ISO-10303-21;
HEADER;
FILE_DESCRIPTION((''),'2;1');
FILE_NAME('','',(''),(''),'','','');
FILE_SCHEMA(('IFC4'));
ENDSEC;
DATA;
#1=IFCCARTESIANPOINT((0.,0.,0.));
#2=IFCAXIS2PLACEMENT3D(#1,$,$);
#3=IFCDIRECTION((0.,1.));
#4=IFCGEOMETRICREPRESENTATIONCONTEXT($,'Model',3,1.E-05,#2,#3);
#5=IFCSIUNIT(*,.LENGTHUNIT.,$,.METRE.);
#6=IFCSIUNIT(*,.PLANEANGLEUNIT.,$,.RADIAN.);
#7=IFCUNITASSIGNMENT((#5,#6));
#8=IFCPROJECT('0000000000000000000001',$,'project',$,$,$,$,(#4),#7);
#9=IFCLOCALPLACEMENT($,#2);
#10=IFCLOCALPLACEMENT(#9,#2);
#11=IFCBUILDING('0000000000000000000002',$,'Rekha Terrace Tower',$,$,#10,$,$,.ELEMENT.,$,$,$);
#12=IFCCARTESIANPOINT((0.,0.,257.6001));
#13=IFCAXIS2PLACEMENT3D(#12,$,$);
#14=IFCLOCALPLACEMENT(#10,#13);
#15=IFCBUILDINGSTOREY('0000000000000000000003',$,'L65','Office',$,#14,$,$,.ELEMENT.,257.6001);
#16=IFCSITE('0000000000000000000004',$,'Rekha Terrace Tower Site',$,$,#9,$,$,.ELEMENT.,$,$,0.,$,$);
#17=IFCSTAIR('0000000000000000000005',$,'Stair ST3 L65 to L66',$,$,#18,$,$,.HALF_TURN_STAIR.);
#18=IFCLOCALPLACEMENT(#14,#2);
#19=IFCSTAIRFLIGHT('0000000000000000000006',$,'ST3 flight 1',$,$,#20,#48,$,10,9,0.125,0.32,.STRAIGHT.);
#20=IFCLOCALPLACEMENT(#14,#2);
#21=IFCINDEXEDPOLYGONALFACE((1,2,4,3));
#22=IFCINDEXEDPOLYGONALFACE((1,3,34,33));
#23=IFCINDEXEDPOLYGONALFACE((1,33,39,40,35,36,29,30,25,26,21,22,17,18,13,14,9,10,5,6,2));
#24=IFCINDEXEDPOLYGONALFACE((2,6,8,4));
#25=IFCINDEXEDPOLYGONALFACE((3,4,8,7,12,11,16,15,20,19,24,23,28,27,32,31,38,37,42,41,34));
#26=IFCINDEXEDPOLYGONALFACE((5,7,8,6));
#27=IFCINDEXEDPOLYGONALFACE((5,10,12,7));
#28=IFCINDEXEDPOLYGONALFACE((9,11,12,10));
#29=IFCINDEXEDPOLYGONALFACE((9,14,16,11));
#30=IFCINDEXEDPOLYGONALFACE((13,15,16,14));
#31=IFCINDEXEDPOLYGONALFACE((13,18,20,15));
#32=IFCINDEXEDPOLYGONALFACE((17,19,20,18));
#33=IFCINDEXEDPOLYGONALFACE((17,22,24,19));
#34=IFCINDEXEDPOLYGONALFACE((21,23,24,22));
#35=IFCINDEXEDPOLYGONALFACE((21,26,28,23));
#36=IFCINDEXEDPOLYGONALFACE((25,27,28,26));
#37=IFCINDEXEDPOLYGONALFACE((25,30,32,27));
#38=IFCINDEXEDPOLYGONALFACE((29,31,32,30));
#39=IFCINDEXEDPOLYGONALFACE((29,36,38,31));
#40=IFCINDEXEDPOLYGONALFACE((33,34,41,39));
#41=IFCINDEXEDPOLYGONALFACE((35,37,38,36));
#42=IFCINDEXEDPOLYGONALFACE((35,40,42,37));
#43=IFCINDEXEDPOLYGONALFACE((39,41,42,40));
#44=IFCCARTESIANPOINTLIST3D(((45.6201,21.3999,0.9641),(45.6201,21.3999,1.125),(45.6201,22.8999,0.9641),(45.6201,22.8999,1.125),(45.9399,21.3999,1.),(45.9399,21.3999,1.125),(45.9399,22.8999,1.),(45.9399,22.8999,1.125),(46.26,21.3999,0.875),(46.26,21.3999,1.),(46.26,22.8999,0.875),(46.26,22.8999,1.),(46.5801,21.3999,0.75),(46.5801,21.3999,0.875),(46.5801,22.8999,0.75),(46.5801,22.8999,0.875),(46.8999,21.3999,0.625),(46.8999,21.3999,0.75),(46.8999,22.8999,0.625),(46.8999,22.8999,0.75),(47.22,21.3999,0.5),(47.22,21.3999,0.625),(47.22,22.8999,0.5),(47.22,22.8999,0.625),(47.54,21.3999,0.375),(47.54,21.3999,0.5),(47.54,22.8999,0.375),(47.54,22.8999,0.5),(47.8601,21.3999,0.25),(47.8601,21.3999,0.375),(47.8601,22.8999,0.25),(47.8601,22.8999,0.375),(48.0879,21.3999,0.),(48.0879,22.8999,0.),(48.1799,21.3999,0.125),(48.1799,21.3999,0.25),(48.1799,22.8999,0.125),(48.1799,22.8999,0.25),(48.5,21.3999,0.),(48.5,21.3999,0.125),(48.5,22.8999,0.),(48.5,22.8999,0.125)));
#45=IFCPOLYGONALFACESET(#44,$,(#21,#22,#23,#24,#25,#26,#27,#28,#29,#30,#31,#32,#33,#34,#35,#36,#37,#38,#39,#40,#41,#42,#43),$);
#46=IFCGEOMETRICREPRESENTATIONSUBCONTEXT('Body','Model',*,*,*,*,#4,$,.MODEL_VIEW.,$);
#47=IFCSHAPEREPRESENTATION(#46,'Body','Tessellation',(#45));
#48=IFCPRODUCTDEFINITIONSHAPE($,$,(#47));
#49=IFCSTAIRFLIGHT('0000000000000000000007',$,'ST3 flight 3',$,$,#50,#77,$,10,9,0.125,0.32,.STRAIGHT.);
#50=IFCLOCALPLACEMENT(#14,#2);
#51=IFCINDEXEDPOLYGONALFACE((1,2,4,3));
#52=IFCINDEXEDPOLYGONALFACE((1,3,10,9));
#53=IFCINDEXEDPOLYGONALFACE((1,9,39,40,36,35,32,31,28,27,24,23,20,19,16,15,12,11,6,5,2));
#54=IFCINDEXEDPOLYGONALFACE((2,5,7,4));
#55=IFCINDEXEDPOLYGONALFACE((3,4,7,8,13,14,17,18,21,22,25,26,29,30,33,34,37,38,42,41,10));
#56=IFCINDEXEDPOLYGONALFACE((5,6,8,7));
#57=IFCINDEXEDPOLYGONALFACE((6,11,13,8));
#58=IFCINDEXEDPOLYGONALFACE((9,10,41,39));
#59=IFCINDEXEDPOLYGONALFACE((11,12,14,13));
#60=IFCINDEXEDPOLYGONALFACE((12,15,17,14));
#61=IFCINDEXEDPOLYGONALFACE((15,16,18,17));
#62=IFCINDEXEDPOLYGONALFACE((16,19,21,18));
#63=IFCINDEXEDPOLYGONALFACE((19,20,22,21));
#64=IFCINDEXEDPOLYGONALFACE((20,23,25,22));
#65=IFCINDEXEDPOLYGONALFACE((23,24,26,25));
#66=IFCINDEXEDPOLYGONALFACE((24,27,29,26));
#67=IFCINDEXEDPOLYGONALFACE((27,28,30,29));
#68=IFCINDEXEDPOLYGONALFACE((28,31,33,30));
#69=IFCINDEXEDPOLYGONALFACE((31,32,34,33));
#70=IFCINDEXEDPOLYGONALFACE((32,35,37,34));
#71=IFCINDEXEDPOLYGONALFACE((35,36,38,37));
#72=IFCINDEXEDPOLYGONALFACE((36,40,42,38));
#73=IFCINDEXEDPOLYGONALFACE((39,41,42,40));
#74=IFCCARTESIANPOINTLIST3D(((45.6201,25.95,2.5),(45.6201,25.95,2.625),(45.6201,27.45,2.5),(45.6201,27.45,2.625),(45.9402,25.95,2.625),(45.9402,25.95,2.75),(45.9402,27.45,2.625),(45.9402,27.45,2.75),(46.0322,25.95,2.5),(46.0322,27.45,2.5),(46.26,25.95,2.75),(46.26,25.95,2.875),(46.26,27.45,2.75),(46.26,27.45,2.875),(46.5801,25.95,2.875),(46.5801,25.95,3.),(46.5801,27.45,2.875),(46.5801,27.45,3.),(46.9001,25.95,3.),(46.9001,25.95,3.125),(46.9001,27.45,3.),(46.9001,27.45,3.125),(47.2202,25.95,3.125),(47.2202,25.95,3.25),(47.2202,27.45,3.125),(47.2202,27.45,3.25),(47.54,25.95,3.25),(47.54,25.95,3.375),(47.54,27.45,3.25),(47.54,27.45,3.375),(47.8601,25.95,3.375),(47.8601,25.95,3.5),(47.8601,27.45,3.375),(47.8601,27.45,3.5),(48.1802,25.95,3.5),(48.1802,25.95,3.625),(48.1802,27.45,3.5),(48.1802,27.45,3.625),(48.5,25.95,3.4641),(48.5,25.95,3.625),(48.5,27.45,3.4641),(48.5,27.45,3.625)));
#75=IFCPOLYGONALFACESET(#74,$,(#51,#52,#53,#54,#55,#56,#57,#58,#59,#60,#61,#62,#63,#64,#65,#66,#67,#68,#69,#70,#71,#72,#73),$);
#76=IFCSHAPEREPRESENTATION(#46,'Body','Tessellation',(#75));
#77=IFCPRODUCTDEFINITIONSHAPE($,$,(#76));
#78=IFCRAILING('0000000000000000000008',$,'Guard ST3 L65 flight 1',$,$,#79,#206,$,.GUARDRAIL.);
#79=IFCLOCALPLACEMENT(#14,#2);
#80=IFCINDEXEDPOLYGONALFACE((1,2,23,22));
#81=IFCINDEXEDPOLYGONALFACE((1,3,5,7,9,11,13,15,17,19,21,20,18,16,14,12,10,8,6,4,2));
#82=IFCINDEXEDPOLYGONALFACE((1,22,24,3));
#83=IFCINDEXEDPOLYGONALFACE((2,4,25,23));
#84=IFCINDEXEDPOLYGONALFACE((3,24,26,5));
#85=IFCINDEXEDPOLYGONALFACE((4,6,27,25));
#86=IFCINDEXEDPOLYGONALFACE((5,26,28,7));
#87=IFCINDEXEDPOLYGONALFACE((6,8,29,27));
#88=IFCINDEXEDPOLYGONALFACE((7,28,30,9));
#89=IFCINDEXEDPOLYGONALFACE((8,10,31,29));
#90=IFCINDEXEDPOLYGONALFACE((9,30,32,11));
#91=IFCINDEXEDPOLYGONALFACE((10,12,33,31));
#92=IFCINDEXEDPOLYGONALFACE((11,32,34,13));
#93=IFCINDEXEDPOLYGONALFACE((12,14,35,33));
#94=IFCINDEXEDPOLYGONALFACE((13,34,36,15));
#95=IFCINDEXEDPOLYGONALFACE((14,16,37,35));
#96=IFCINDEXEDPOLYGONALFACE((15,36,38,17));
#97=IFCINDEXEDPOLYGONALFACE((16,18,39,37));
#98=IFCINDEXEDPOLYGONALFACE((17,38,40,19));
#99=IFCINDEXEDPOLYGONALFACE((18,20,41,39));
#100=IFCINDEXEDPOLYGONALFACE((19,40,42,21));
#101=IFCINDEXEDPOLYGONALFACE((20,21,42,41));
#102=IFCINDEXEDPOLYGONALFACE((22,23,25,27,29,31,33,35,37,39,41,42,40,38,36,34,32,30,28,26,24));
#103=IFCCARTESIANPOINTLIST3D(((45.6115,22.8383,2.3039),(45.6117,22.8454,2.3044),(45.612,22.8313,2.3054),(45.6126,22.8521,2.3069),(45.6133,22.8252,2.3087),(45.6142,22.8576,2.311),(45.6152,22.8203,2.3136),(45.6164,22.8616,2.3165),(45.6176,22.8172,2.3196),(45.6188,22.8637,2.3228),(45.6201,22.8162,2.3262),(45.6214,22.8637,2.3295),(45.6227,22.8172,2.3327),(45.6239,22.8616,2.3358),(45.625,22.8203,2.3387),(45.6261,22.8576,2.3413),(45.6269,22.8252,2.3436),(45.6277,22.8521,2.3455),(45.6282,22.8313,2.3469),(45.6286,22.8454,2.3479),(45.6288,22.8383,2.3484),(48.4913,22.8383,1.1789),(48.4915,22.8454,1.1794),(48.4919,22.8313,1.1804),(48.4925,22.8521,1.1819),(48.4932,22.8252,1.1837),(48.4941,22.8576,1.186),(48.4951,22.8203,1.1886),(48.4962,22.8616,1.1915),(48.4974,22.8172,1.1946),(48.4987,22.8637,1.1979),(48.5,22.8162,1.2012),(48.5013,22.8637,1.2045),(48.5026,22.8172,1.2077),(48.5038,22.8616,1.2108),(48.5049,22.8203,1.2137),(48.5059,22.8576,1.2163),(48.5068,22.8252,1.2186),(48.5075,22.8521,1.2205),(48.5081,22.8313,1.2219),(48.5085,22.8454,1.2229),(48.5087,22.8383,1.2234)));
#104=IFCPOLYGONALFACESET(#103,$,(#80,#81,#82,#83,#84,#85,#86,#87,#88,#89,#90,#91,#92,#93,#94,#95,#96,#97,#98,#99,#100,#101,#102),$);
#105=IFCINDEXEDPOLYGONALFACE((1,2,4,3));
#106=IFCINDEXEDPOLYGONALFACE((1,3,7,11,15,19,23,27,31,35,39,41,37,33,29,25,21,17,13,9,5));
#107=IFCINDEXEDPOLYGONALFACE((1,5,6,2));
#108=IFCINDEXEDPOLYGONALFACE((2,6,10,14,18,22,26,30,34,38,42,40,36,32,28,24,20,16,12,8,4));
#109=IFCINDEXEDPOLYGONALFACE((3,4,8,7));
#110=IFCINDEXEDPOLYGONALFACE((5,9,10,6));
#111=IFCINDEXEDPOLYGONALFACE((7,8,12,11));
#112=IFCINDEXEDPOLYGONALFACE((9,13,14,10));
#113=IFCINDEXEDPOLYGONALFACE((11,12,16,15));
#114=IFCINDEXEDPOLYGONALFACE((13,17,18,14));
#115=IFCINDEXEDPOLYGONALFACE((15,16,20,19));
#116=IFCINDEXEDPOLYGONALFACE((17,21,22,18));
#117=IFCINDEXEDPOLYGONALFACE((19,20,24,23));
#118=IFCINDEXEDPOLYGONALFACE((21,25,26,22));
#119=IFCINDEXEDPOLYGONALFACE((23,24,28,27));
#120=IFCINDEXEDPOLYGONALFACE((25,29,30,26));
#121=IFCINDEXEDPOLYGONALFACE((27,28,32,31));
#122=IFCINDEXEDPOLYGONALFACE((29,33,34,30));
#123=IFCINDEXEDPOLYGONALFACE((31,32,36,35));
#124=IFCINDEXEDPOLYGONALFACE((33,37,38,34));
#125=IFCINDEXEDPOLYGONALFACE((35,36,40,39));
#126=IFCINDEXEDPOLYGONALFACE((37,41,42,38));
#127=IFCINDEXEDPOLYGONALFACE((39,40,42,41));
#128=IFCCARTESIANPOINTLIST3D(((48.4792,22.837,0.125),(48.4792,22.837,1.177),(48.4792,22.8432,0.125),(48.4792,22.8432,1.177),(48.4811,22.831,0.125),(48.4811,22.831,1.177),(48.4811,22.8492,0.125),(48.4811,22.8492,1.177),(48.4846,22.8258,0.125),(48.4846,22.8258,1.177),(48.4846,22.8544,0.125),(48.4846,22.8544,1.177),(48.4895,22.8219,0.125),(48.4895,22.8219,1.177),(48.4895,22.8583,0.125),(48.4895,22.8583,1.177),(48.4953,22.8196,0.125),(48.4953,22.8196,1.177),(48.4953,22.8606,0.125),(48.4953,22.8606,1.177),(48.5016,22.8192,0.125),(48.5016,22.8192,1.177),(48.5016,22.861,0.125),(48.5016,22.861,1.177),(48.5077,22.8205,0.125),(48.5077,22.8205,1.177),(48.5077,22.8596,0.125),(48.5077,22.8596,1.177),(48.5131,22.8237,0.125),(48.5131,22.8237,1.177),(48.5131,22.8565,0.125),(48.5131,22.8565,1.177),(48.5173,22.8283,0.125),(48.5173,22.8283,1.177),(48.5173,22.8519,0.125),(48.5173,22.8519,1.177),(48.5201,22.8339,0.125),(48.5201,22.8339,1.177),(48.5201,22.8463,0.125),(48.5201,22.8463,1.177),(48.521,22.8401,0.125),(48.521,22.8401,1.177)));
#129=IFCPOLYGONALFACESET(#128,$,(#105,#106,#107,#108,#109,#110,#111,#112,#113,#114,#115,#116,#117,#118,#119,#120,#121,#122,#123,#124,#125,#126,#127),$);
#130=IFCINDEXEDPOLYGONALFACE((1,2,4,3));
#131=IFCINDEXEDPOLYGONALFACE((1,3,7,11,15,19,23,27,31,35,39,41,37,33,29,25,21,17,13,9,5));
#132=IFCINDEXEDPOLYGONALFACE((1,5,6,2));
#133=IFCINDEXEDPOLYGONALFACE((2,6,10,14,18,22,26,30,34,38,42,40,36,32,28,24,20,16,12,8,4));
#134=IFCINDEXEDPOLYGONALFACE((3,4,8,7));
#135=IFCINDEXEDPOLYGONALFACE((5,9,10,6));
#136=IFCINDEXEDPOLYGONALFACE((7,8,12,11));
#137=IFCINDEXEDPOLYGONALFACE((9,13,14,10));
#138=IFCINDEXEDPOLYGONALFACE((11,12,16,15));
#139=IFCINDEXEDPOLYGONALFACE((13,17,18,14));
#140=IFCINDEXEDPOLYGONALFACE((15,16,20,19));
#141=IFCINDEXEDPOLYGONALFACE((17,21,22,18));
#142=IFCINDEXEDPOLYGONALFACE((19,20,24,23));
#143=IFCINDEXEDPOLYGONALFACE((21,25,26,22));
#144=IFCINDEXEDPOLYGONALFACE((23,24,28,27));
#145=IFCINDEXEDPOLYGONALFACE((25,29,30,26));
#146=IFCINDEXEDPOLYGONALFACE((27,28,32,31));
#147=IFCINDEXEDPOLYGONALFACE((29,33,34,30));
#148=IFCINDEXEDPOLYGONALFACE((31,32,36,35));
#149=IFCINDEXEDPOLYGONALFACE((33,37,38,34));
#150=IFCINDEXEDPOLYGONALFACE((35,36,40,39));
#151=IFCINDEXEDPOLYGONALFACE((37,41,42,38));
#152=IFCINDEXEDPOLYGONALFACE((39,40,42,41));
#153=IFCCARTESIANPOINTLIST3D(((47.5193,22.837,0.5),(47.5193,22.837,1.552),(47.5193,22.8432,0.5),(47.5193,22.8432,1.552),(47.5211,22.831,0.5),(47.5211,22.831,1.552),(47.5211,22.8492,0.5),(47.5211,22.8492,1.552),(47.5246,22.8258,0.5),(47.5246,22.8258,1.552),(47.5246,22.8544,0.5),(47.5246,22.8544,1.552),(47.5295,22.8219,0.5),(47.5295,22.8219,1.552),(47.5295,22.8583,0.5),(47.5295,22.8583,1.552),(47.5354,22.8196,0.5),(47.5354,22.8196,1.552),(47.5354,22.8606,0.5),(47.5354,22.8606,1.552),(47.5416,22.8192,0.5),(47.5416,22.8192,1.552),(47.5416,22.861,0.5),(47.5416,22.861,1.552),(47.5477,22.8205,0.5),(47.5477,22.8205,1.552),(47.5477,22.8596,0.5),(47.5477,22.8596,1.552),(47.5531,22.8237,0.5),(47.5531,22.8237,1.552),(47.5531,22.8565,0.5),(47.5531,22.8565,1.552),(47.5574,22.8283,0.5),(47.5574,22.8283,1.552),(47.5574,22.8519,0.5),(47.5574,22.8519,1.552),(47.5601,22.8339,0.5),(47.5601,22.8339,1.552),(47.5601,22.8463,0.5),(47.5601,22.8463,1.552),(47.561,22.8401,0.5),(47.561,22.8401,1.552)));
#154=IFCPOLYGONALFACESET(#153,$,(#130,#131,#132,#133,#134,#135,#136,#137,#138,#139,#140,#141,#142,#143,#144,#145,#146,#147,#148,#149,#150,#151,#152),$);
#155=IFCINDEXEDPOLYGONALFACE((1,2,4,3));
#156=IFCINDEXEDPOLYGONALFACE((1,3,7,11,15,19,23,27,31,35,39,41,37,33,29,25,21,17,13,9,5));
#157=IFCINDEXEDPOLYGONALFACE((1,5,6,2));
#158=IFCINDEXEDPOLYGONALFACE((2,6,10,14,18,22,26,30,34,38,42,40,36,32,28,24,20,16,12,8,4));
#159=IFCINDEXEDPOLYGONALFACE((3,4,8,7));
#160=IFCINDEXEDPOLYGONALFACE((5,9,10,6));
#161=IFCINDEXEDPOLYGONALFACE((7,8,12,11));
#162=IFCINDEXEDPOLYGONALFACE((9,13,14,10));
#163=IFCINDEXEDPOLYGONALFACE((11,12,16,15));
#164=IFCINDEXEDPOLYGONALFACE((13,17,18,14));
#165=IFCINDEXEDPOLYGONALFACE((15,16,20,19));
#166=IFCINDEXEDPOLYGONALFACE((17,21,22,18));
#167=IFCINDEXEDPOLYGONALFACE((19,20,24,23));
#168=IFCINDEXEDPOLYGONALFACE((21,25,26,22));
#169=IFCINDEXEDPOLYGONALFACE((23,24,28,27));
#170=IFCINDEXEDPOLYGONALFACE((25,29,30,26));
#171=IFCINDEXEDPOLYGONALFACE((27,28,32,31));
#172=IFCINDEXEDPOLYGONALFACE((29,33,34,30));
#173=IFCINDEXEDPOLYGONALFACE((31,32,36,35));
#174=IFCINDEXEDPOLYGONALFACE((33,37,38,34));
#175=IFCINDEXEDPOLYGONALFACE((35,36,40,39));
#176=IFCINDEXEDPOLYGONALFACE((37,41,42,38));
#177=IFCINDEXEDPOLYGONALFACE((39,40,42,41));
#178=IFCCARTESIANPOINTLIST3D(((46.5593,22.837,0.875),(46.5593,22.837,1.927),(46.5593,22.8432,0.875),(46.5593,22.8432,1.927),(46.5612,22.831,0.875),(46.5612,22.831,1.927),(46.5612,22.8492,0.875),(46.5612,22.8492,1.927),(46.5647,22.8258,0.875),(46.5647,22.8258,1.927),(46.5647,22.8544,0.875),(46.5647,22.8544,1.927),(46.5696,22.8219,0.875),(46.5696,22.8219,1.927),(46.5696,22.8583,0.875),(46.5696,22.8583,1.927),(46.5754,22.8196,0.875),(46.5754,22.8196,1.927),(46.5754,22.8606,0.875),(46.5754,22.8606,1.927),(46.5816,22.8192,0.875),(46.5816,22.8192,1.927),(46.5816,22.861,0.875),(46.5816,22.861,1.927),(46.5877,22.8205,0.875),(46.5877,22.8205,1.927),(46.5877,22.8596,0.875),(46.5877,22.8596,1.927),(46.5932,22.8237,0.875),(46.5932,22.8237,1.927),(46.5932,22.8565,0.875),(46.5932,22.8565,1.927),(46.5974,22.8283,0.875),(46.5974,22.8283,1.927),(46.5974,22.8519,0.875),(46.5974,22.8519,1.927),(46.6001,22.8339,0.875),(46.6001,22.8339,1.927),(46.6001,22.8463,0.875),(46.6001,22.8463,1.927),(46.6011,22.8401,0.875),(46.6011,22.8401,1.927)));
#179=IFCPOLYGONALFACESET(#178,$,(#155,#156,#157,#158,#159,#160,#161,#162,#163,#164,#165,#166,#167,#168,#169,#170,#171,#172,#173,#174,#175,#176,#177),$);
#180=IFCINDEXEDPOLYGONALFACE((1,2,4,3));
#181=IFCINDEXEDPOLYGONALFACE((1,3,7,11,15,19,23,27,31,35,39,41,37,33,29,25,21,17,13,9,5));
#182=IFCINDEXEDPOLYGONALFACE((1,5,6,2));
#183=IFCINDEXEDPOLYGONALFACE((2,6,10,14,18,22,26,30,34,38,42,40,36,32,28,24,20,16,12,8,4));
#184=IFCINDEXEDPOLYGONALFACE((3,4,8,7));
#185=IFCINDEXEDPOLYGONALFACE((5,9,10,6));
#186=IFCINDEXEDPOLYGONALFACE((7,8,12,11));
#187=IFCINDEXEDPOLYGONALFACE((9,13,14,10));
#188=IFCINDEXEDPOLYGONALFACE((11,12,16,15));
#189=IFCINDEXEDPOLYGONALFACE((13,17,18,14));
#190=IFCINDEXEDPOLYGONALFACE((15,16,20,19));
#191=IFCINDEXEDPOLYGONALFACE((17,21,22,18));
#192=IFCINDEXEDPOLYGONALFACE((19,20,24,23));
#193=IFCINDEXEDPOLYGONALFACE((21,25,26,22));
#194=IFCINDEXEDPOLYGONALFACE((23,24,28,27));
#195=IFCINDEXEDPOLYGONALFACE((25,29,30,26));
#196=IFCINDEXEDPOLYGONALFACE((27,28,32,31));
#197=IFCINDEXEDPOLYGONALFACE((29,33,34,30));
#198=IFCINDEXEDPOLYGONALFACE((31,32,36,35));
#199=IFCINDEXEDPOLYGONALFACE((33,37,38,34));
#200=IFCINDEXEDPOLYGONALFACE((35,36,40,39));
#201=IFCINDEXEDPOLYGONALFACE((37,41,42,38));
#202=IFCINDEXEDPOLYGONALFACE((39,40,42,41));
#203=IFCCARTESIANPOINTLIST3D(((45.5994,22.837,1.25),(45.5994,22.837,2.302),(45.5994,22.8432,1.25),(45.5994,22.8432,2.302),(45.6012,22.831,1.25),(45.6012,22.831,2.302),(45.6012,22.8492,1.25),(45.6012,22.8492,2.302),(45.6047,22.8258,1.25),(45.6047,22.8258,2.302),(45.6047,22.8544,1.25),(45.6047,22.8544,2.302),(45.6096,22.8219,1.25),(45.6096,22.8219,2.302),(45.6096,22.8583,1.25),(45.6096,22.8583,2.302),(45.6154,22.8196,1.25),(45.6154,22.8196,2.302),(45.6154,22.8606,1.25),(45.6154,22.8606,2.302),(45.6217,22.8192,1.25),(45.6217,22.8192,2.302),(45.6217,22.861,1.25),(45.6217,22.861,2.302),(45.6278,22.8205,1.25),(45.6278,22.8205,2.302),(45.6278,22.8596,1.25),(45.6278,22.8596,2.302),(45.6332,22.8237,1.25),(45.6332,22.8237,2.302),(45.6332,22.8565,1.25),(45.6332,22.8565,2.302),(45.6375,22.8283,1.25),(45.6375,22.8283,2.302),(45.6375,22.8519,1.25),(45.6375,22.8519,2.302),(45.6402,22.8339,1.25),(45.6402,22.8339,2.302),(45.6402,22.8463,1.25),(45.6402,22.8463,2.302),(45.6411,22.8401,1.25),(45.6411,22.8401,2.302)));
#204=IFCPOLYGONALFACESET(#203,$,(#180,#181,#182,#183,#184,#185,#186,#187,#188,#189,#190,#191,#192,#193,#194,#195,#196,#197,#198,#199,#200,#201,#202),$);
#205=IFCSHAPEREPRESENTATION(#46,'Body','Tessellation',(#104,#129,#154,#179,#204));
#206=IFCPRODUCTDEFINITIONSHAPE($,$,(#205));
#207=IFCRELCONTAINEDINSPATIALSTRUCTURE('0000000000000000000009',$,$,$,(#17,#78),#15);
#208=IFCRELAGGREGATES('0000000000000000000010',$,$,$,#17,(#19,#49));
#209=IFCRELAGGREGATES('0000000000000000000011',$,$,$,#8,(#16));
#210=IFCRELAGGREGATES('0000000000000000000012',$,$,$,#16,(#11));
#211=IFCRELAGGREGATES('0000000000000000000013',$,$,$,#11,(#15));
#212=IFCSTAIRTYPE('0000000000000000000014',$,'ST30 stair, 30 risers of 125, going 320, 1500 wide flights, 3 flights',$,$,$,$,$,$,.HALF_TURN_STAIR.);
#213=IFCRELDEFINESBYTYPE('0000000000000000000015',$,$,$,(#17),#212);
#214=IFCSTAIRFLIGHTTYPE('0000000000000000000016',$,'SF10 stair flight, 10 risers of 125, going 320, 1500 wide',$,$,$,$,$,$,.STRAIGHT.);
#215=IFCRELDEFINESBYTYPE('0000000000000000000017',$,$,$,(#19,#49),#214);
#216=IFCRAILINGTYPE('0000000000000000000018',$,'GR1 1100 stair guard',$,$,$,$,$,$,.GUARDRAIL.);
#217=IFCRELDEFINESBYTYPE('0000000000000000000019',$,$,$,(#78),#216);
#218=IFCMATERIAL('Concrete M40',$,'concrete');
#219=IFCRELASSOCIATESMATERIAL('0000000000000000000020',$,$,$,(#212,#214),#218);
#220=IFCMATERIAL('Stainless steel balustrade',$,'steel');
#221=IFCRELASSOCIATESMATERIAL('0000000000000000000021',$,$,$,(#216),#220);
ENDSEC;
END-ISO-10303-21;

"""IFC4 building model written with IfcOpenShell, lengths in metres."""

from ifc_helpers import new_model, si_unit, direction, frame, origin, origin_2d, place, context, subcontext, project, spatial, polyline, circle, outline, extrude, material, type_object, element, aggregate, save


model = new_model("IFC4")

# Units and contexts
model_context = context("Model", 3, precision=1e-05, world=origin(), true_north=direction((0.0, 1.0)))
body_context = subcontext(model_context, "Body", "Model", "MODEL_VIEW")
ifc_project = project(units=[si_unit("LENGTHUNIT", "METRE"), si_unit("PLANEANGLEUNIT", "RADIAN")], contexts=[model_context])

# Site, building, storey
site_placement = place(None, origin())
site = spatial("IfcSite", under=ifc_project, at=site_placement, Name="Rekha Terrace Tower Site", CompositionType="ELEMENT", RefElevation=0.0)
building_placement = place(site_placement, origin())
building = spatial("IfcBuilding", under=site, at=building_placement, Name="Rekha Terrace Tower", CompositionType="ELEMENT")
storey_placement = place(building_placement, frame((0.0, 0.0, 257.6001)))
storey = spatial("IfcBuildingStorey", under=building, at=storey_placement, Name="L65", Description="Office", CompositionType="ELEMENT", Elevation=257.6001)

# Stair, stair flights
ifc_material_1 = material(Name="Concrete M40", Category="concrete")
stair_type = type_object("IfcStairType", Name="ST30 stair, 30 risers of 125, going 320, 1500 wide flights, 3 flights", PredefinedType="HALF_TURN_STAIR", material=ifc_material_1)
stair_placement = place(storey_placement, origin())
stair = element("IfcStair", 1, at=stair_placement, inside=storey, type_object=stair_type, Name="Stair ST3 L65 to L66", PredefinedType="HALF_TURN_STAIR")
stair_flight_type = type_object("IfcStairFlightType", Name="SF10 stair flight, 10 risers of 125, going 320, 1500 wide", PredefinedType="STRAIGHT", material=ifc_material_1)
stair_flight_1_placement = place(storey_placement, frame((48.5, 22.1499, 0.0), z_axis=(0.0, 0.0, 1.0), x_axis=(-1.0, 0.0, 0.0)))
stair_flight_1 = element("IfcStairFlight", 2, at=stair_flight_1_placement, type_object=stair_flight_type, Name="ST3 flight 1", NumberOfRisers=10, NumberOfTreads=9, PredefinedType="STRAIGHT", RiserHeight=0.125, TreadLength=0.32, context=body_context, shape_type="SweptSolid", body=[
    extrude(outline(polyline([(0.0, 0.0), (0.0, 0.125), (0.3201, 0.125), (0.3201, 0.25), (0.6399, 0.25), (0.6399, 0.375), (0.96, 0.375), (0.96, 0.5), (1.28, 0.5), (1.28, 0.625), (1.6001, 0.625), (1.6001, 0.75), (1.9199, 0.75), (1.9199, 0.875), (2.24, 0.875), (2.24, 1.0), (2.5601, 1.0), (2.5601, 1.125), (2.8799, 1.125), (2.8799, 1.25), (2.8799, 0.9641), (0.4121, 0.0), (0.0, 0.0)])), frame((0.0, 0.75, 0.0), z_axis=(0.0, -1.0, 0.0), x_axis=(1.0, 0.0, 0.0)), (0.0, 0.0, 1.0), 1.5),
])
stair_flight_2_placement = place(storey_placement, frame((45.6201, 26.7, 2.5), z_axis=(0.0, 0.0, 1.0), x_axis=(1.0, 0.0, 0.0)))
stair_flight_2 = element("IfcStairFlight", 3, at=stair_flight_2_placement, type_object=stair_flight_type, Name="ST3 flight 3", NumberOfRisers=10, NumberOfTreads=9, PredefinedType="STRAIGHT", RiserHeight=0.125, TreadLength=0.32, context=body_context, shape_type="SweptSolid", body=[
    extrude(outline(polyline([(0.0, 0.0), (0.0, 0.125), (0.3201, 0.125), (0.3201, 0.25), (0.6399, 0.25), (0.6399, 0.375), (0.96, 0.375), (0.96, 0.5), (1.28, 0.5), (1.28, 0.625), (1.6001, 0.625), (1.6001, 0.75), (1.9199, 0.75), (1.9199, 0.875), (2.24, 0.875), (2.24, 1.0), (2.5601, 1.0), (2.5601, 1.125), (2.8799, 1.125), (2.8799, 1.25), (2.8799, 0.9641), (0.4121, 0.0), (0.0, 0.0)])), frame((0.0, 0.75, 0.0), z_axis=(0.0, -1.0, 0.0), x_axis=(1.0, 0.0, 0.0)), (0.0, 0.0, 1.0), 1.5),
])
aggregate(stair, [stair_flight_1, stair_flight_2])

# Railing
ifc_material_2 = material(Name="Stainless steel balustrade", Category="steel")
railing_type_1 = type_object("IfcRailingType", Name="GR1 1100 stair guard", PredefinedType="GUARDRAIL", material=ifc_material_2)
railing_1_placement = place(storey_placement, frame((48.5, 22.8401, 0.125)))
element("IfcRailing", 4, at=railing_1_placement, inside=storey, type_object=railing_type_1, Name="Guard ST3 L65 flight 1", PredefinedType="GUARDRAIL", context=body_context, shape_type="SweptSolid", body=[
    extrude(circle(Radius=0.0239, at=origin_2d()), frame((0.0, 0.0, 1.0762), z_axis=(-0.931452, 0.0, 0.363863), x_axis=(0.0, -1.0, 0.0)), (0.0, 0.0, 1.0), 3.0918),
    extrude(circle(Radius=0.021, at=origin_2d()), origin(), (0.0, 0.0, 1.0), 1.052),
    extrude(circle(Radius=0.021, at=origin_2d()), frame((-0.96, 0.0, 0.375)), (0.0, 0.0, 1.0), 1.052),
    extrude(circle(Radius=0.021, at=origin_2d()), frame((-1.9199, 0.0, 0.75)), (0.0, 0.0, 1.0), 1.052),
    extrude(circle(Radius=0.021, at=origin_2d()), frame((-2.8799, 0.0, 1.125)), (0.0, 0.0, 1.0), 1.052),
])

save(model, "model.ifc")
